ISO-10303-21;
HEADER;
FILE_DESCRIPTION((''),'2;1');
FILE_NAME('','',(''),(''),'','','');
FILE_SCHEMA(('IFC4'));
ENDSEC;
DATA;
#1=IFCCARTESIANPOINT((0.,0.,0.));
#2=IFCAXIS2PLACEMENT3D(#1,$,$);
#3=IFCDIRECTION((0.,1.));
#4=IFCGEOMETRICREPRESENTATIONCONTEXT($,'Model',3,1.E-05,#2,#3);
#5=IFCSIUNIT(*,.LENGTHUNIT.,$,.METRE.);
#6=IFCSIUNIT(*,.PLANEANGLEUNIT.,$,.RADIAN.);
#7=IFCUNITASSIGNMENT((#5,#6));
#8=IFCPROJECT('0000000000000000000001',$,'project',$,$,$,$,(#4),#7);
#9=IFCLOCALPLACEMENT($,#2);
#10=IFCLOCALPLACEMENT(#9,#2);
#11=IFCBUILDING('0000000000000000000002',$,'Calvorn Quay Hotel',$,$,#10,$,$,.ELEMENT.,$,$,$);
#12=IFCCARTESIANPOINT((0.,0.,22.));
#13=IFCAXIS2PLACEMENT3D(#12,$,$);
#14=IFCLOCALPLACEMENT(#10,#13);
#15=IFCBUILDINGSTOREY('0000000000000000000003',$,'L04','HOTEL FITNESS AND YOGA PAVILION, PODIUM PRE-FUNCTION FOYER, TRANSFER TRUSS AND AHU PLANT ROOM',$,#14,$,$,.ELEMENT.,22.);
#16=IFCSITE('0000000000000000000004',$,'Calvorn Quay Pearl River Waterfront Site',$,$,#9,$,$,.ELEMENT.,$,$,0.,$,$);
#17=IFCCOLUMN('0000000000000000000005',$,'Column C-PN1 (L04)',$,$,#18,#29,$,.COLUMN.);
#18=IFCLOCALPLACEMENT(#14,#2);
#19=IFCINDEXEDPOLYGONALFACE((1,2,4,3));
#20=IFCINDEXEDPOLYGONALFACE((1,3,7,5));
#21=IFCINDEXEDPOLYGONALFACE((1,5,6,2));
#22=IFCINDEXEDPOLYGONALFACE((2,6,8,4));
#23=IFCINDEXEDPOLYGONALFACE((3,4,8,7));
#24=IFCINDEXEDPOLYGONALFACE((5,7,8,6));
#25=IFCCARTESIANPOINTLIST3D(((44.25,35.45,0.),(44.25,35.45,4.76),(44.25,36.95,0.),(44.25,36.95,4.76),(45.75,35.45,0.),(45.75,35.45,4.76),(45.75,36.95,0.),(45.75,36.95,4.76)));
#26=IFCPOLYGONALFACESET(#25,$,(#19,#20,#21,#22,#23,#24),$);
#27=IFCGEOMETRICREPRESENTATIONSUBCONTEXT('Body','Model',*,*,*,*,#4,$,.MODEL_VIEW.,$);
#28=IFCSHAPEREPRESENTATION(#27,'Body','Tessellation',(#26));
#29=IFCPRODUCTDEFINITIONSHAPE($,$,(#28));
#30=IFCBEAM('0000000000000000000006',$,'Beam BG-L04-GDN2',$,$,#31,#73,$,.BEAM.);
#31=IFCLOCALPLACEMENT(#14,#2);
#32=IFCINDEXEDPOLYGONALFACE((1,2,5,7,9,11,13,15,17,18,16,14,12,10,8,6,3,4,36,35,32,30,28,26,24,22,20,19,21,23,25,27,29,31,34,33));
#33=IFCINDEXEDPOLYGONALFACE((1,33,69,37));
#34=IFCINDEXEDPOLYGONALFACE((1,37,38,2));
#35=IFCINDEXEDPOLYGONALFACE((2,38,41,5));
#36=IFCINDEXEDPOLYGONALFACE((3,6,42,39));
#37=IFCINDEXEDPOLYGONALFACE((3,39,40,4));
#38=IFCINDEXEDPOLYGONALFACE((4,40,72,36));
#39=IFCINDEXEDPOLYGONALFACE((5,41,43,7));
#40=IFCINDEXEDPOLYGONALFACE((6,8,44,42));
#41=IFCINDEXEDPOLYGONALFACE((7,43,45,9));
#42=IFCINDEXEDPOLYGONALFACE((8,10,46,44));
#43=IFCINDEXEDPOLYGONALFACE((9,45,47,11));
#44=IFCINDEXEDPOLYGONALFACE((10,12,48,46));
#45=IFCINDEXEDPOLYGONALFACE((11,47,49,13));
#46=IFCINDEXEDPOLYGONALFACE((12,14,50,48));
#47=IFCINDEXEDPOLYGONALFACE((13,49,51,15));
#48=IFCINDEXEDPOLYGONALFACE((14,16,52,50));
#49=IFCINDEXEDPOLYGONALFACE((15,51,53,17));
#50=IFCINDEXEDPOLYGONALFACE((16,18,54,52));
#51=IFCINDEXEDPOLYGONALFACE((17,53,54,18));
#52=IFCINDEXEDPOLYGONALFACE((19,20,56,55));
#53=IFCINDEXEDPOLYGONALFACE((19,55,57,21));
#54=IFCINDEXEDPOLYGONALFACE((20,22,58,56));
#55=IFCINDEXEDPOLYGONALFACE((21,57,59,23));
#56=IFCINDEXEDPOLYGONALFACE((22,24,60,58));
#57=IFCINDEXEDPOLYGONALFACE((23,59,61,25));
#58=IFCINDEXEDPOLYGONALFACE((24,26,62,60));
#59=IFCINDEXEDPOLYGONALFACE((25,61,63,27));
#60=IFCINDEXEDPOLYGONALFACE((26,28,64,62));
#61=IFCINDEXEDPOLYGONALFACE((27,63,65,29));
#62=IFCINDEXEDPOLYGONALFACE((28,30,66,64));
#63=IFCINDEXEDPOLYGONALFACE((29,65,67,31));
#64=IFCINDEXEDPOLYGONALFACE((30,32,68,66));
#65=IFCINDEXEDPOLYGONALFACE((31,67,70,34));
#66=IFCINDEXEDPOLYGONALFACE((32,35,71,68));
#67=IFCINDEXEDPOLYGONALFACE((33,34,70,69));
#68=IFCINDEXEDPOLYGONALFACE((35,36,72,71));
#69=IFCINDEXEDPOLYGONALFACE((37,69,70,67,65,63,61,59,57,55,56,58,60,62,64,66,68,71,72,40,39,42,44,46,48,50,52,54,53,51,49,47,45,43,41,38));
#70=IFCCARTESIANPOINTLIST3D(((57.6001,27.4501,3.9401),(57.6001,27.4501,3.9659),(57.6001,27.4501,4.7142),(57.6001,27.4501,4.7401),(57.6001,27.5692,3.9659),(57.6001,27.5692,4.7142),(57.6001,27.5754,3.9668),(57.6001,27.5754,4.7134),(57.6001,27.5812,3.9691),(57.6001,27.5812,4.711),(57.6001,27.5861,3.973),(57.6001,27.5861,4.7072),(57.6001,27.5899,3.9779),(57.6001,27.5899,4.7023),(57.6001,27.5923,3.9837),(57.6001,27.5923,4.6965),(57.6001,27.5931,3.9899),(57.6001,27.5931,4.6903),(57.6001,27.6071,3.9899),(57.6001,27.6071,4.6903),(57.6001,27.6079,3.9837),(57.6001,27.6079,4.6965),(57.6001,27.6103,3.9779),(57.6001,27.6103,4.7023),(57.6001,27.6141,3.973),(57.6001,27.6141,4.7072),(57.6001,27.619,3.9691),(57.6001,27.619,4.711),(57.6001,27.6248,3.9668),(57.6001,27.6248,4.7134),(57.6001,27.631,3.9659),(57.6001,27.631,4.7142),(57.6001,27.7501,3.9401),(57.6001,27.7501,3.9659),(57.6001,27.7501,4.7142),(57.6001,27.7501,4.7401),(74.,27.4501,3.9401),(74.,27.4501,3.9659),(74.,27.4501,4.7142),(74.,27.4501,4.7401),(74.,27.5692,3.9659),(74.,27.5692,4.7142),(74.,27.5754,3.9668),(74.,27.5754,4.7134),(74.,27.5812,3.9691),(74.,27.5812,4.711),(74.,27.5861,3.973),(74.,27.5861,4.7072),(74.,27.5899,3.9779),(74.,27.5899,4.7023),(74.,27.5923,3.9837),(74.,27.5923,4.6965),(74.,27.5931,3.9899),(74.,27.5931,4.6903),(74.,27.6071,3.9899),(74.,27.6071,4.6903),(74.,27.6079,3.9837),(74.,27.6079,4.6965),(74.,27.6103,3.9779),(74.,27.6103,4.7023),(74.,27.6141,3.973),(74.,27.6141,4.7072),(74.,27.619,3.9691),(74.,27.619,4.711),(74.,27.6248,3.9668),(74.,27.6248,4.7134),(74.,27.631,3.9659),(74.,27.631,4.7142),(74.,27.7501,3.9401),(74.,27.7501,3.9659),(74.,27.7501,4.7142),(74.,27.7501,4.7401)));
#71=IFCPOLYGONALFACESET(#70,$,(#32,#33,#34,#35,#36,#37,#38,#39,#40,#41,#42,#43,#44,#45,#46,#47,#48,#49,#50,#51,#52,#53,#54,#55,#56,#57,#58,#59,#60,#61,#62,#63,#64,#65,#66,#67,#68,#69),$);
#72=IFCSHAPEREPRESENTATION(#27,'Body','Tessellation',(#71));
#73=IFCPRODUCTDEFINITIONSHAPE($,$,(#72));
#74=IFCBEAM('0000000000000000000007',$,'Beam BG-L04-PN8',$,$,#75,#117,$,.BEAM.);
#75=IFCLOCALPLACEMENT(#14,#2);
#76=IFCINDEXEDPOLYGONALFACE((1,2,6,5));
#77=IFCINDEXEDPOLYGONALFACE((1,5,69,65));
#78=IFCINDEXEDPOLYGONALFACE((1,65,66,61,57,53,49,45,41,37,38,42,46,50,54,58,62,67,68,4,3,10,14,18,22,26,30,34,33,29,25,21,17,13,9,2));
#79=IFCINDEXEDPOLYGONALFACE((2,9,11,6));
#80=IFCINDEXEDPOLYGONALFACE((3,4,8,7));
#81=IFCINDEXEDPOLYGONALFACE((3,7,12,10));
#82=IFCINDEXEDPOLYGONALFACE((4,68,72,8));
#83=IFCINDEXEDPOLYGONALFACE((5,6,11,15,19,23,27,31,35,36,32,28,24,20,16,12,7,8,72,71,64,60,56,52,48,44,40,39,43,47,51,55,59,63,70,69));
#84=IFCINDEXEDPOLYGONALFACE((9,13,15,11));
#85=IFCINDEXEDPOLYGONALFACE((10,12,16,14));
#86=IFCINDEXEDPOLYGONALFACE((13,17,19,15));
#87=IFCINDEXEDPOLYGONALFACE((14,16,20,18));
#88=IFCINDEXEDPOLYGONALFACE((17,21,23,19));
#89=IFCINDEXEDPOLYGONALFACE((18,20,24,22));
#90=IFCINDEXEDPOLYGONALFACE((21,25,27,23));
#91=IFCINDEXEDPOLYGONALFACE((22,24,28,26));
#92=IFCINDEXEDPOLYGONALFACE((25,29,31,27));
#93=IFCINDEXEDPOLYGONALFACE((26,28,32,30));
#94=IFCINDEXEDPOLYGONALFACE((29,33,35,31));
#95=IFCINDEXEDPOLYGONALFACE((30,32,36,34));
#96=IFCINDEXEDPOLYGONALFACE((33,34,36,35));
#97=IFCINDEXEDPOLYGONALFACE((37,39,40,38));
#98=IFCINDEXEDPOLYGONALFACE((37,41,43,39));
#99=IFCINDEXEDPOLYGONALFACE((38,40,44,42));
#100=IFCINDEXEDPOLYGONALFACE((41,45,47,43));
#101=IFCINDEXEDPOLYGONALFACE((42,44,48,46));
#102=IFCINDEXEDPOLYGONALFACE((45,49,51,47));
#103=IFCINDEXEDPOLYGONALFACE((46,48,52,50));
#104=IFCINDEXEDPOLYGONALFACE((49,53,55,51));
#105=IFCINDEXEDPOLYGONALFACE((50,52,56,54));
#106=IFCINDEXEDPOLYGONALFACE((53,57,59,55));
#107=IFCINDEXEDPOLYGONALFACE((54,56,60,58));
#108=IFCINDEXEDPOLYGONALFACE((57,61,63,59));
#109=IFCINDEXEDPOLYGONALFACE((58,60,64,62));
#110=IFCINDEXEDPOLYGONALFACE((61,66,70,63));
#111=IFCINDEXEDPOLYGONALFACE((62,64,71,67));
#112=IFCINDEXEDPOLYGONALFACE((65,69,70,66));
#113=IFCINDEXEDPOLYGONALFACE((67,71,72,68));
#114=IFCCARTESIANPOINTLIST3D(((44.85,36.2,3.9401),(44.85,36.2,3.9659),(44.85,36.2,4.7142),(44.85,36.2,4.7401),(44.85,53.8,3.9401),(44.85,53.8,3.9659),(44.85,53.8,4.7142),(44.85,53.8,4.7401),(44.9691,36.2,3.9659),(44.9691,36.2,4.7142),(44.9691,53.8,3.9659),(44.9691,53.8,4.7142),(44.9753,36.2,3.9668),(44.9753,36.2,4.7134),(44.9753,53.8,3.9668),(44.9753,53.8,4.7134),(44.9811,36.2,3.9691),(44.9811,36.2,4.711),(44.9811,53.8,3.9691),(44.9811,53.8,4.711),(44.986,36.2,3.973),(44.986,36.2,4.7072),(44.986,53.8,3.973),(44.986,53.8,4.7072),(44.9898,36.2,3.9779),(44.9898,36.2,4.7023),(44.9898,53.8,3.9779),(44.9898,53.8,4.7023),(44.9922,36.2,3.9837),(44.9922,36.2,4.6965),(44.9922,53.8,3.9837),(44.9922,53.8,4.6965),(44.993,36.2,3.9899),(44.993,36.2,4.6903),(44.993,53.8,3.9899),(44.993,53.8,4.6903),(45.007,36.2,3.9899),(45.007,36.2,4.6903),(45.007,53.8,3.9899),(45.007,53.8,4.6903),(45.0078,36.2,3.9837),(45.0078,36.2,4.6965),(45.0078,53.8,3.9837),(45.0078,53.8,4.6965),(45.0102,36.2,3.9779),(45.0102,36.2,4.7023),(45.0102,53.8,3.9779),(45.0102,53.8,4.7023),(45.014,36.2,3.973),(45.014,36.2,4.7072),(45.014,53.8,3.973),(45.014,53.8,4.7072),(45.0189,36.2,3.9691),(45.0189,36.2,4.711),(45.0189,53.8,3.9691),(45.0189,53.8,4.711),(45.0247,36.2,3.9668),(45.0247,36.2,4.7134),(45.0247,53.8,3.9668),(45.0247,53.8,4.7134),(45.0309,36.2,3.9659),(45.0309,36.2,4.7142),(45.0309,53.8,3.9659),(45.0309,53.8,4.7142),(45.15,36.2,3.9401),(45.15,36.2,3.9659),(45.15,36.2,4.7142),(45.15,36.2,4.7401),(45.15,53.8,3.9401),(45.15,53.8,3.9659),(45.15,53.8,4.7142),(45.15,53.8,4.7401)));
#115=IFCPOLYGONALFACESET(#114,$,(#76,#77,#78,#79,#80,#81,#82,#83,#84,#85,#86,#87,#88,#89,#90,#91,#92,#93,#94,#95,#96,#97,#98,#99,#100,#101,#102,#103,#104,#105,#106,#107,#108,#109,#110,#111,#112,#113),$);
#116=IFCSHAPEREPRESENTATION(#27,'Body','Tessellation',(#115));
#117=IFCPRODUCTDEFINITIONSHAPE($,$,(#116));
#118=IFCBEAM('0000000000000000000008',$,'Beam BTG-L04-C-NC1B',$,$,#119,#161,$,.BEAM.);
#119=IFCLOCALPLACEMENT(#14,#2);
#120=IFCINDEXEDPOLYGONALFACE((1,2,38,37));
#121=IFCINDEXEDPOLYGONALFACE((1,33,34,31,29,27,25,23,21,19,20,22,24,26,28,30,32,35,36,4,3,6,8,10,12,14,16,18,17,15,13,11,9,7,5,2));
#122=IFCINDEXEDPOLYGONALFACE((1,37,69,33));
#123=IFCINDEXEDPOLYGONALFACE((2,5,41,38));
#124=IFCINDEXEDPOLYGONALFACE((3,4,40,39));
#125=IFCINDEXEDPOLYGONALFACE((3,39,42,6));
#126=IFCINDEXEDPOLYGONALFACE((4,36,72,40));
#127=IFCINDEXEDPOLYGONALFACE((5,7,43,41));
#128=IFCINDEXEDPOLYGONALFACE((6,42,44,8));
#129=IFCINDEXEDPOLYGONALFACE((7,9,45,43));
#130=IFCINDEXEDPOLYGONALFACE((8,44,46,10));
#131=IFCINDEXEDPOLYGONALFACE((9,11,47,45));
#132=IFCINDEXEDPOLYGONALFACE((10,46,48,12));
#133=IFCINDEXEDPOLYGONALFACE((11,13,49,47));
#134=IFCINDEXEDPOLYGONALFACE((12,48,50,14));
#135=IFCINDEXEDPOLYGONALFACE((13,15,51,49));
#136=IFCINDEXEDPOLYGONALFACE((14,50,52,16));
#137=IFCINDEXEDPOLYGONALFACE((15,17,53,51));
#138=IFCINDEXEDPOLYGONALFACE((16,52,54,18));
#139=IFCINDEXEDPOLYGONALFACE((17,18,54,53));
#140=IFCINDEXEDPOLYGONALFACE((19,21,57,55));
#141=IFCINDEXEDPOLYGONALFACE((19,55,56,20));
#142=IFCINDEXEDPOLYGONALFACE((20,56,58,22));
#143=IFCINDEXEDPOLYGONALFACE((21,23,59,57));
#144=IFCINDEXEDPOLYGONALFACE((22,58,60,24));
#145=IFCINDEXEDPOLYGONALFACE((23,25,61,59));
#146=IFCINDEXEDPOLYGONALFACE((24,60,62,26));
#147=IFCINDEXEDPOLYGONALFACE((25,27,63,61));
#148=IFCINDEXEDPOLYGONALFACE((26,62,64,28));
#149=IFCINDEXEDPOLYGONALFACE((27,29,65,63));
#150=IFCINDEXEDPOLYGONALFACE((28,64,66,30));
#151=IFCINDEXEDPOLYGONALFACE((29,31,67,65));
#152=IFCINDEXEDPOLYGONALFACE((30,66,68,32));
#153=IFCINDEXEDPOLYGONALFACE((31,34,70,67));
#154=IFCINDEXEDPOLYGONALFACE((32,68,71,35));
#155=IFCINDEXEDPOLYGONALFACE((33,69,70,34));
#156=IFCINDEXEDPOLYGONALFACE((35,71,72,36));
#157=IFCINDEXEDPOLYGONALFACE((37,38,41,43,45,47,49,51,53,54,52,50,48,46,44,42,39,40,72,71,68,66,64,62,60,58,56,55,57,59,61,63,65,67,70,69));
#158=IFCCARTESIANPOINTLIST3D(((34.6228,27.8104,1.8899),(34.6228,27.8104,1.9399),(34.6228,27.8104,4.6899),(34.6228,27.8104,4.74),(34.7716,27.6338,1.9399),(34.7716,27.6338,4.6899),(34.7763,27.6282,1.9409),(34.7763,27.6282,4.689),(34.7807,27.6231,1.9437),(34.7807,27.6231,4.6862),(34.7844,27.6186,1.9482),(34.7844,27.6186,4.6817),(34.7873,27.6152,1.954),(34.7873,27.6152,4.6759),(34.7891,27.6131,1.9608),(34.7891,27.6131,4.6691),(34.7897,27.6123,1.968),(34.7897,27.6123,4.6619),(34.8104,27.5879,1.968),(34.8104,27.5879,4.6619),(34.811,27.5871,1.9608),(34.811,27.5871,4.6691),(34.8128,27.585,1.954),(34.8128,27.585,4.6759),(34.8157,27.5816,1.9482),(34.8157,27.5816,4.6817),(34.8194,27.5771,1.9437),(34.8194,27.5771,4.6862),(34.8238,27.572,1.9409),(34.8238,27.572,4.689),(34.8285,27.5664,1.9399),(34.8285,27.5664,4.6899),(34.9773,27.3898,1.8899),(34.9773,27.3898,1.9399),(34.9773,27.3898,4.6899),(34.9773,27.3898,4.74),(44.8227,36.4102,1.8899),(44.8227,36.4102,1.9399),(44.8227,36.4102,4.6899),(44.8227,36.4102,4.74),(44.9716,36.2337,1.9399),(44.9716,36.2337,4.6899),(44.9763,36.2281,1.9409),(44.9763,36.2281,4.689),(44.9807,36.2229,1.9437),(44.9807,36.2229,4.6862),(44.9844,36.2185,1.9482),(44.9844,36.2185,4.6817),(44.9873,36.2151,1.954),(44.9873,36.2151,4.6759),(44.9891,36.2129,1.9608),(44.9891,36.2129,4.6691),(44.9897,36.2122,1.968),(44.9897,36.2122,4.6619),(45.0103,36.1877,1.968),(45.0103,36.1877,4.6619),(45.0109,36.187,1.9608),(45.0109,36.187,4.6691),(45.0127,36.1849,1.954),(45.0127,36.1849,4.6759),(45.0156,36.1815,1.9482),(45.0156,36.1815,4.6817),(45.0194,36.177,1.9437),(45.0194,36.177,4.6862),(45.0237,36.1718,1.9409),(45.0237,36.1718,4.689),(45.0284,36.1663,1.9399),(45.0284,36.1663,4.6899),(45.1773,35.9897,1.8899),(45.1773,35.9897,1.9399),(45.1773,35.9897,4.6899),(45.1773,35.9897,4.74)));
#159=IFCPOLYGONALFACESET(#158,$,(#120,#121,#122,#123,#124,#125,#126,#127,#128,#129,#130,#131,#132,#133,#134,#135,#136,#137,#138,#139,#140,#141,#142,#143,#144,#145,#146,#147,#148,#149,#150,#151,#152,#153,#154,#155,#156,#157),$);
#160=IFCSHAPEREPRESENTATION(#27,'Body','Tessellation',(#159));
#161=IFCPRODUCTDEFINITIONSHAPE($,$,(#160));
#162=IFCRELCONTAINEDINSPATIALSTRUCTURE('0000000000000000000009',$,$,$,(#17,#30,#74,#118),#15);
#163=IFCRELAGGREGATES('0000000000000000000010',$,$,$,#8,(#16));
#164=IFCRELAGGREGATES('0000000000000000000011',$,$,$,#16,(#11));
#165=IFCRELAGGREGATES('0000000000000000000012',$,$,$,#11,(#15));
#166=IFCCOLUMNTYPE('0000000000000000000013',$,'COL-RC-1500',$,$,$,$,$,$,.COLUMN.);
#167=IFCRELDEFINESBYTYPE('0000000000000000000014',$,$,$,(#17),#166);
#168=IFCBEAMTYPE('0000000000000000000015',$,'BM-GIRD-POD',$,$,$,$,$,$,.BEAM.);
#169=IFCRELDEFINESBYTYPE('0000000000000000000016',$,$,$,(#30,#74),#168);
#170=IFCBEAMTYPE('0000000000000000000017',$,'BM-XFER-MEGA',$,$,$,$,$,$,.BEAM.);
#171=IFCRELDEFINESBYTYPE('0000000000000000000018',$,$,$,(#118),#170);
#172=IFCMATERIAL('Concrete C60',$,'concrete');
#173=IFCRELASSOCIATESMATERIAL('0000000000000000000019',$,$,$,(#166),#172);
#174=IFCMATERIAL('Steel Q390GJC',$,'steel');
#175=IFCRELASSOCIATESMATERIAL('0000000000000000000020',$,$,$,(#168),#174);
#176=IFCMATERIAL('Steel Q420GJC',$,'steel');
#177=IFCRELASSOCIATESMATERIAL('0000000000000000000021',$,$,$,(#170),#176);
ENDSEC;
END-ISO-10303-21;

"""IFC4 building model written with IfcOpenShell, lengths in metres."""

from ifc_helpers import new_model, si_unit, direction, frame, origin, origin_2d, place, context, subcontext, project, spatial, rectangle, i_section, extrude, material, material_profile, profile_set, type_object, element, save


model = new_model("IFC4")

# Units and contexts
model_context = context("Model", 3, precision=1e-05, world=origin(), true_north=direction((0.0, 1.0)))
body_context = subcontext(model_context, "Body", "Model", "MODEL_VIEW")
ifc_project = project(units=[si_unit("LENGTHUNIT", "METRE"), si_unit("PLANEANGLEUNIT", "RADIAN")], contexts=[model_context])

# Site, building, storey
site_placement = place(None, origin())
site = spatial("IfcSite", under=ifc_project, at=site_placement, Name="Calvorn Quay Pearl River Waterfront Site", CompositionType="ELEMENT", RefElevation=0.0)
building_placement = place(site_placement, origin())
building = spatial("IfcBuilding", under=site, at=building_placement, Name="Calvorn Quay Hotel", CompositionType="ELEMENT")
storey_placement = place(building_placement, frame((0.0, 0.0, 22.0)))
storey = spatial("IfcBuildingStorey", under=building, at=storey_placement, Name="L04", Description="HOTEL FITNESS AND YOGA PAVILION, PODIUM PRE-FUNCTION FOYER, TRANSFER TRUSS AND AHU PLANT ROOM", CompositionType="ELEMENT", Elevation=22.0)

# Column
ifc_material_1 = material(Name="Concrete C60", Category="concrete")
ifc_material_profile_1 = material_profile(ifc_material_1, rectangle(XDim=1.5, YDim=1.5, at=origin_2d()), Name="RC1500x1500")
ifc_profile_set_1 = profile_set([ifc_material_profile_1], Name="Concrete C60")
column_type = type_object("IfcColumnType", Name="COL-RC-1500", PredefinedType="COLUMN", material=ifc_profile_set_1)
column_placement = place(storey_placement, frame((45.0, 36.2, 0.0), z_axis=(0.0, 0.0, 1.0), x_axis=(1.0, 0.0, 0.0)))
element("IfcColumn", 1, at=column_placement, inside=storey, type_object=column_type, Name="Column C-PN1 (L04)", PredefinedType="COLUMN", context=body_context, shape_type="SweptSolid", body=[
    extrude(rectangle(XDim=1.5, YDim=1.5, at=origin_2d()), origin(), (0.0, 0.0, 1.0), 4.76),
])

# Beams
ifc_material_2 = material(Name="Steel Q390GJC", Category="steel")
ifc_material_profile_2 = material_profile(ifc_material_2, i_section(OverallWidth=0.3, OverallDepth=0.8, WebThickness=0.0139, FlangeThickness=0.0259, FilletRadius=0.0239, at=origin_2d()), Name="HN800x300x14x26")
ifc_profile_set_2 = profile_set([ifc_material_profile_2], Name="Steel Q390GJC")
beam_type_1 = type_object("IfcBeamType", Name="BM-GIRD-POD", PredefinedType="BEAM", material=ifc_profile_set_2)
beam_1_placement = place(storey_placement, frame((57.6001, 27.6001, 4.3401), z_axis=(1.0, 0.0, 0.0), x_axis=(0.0, 1.0, 0.0)))
element("IfcBeam", 2, at=beam_1_placement, inside=storey, type_object=beam_type_1, Name="Beam BG-L04-GDN2", PredefinedType="BEAM", context=body_context, shape_type="SweptSolid", body=[
    extrude(i_section(OverallWidth=0.3, OverallDepth=0.8, WebThickness=0.0139, FlangeThickness=0.0259, FilletRadius=0.0239, at=origin_2d()), origin(), (0.0, 0.0, 1.0), 16.3999),
])
beam_2_placement = place(storey_placement, frame((45.0, 36.2, 4.3401), z_axis=(0.0, 1.0, 0.0), x_axis=(-1.0, 0.0, 0.0)))
element("IfcBeam", 3, at=beam_2_placement, inside=storey, type_object=beam_type_1, Name="Beam BG-L04-PN8", PredefinedType="BEAM", context=body_context, shape_type="SweptSolid", body=[
    extrude(i_section(OverallWidth=0.3, OverallDepth=0.8, WebThickness=0.0139, FlangeThickness=0.0259, FilletRadius=0.0239, at=origin_2d()), origin(), (0.0, 0.0, 1.0), 17.6001),
])
ifc_material_3 = material(Name="Steel Q420GJC", Category="steel")
ifc_material_profile_3 = material_profile(ifc_material_3, i_section(OverallWidth=0.55, OverallDepth=2.8501, WebThickness=0.032, FlangeThickness=0.05, FilletRadius=0.0281, at=origin_2d()), Name="HW2850x550x32x50")
ifc_profile_set_3 = profile_set([ifc_material_profile_3], Name="Steel Q420GJC")
beam_type_2 = type_object("IfcBeamType", Name="BM-XFER-MEGA", PredefinedType="BEAM", material=ifc_profile_set_3)
beam_3_placement = place(storey_placement, frame((34.8, 27.6001, 3.3149), z_axis=(0.764526, 0.644593, 0.0), x_axis=(-0.644593, 0.764526, 0.0)))
element("IfcBeam", 4, at=beam_3_placement, inside=storey, type_object=beam_type_2, Name="Beam BTG-L04-C-NC1B", PredefinedType="BEAM", context=body_context, shape_type="SweptSolid", body=[
    extrude(i_section(OverallWidth=0.55, OverallDepth=2.8501, WebThickness=0.032, FlangeThickness=0.05, FilletRadius=0.0281, at=origin_2d()), origin(), (0.0, 0.0, 1.0), 13.3416),
])

save(model, "model.ifc")
